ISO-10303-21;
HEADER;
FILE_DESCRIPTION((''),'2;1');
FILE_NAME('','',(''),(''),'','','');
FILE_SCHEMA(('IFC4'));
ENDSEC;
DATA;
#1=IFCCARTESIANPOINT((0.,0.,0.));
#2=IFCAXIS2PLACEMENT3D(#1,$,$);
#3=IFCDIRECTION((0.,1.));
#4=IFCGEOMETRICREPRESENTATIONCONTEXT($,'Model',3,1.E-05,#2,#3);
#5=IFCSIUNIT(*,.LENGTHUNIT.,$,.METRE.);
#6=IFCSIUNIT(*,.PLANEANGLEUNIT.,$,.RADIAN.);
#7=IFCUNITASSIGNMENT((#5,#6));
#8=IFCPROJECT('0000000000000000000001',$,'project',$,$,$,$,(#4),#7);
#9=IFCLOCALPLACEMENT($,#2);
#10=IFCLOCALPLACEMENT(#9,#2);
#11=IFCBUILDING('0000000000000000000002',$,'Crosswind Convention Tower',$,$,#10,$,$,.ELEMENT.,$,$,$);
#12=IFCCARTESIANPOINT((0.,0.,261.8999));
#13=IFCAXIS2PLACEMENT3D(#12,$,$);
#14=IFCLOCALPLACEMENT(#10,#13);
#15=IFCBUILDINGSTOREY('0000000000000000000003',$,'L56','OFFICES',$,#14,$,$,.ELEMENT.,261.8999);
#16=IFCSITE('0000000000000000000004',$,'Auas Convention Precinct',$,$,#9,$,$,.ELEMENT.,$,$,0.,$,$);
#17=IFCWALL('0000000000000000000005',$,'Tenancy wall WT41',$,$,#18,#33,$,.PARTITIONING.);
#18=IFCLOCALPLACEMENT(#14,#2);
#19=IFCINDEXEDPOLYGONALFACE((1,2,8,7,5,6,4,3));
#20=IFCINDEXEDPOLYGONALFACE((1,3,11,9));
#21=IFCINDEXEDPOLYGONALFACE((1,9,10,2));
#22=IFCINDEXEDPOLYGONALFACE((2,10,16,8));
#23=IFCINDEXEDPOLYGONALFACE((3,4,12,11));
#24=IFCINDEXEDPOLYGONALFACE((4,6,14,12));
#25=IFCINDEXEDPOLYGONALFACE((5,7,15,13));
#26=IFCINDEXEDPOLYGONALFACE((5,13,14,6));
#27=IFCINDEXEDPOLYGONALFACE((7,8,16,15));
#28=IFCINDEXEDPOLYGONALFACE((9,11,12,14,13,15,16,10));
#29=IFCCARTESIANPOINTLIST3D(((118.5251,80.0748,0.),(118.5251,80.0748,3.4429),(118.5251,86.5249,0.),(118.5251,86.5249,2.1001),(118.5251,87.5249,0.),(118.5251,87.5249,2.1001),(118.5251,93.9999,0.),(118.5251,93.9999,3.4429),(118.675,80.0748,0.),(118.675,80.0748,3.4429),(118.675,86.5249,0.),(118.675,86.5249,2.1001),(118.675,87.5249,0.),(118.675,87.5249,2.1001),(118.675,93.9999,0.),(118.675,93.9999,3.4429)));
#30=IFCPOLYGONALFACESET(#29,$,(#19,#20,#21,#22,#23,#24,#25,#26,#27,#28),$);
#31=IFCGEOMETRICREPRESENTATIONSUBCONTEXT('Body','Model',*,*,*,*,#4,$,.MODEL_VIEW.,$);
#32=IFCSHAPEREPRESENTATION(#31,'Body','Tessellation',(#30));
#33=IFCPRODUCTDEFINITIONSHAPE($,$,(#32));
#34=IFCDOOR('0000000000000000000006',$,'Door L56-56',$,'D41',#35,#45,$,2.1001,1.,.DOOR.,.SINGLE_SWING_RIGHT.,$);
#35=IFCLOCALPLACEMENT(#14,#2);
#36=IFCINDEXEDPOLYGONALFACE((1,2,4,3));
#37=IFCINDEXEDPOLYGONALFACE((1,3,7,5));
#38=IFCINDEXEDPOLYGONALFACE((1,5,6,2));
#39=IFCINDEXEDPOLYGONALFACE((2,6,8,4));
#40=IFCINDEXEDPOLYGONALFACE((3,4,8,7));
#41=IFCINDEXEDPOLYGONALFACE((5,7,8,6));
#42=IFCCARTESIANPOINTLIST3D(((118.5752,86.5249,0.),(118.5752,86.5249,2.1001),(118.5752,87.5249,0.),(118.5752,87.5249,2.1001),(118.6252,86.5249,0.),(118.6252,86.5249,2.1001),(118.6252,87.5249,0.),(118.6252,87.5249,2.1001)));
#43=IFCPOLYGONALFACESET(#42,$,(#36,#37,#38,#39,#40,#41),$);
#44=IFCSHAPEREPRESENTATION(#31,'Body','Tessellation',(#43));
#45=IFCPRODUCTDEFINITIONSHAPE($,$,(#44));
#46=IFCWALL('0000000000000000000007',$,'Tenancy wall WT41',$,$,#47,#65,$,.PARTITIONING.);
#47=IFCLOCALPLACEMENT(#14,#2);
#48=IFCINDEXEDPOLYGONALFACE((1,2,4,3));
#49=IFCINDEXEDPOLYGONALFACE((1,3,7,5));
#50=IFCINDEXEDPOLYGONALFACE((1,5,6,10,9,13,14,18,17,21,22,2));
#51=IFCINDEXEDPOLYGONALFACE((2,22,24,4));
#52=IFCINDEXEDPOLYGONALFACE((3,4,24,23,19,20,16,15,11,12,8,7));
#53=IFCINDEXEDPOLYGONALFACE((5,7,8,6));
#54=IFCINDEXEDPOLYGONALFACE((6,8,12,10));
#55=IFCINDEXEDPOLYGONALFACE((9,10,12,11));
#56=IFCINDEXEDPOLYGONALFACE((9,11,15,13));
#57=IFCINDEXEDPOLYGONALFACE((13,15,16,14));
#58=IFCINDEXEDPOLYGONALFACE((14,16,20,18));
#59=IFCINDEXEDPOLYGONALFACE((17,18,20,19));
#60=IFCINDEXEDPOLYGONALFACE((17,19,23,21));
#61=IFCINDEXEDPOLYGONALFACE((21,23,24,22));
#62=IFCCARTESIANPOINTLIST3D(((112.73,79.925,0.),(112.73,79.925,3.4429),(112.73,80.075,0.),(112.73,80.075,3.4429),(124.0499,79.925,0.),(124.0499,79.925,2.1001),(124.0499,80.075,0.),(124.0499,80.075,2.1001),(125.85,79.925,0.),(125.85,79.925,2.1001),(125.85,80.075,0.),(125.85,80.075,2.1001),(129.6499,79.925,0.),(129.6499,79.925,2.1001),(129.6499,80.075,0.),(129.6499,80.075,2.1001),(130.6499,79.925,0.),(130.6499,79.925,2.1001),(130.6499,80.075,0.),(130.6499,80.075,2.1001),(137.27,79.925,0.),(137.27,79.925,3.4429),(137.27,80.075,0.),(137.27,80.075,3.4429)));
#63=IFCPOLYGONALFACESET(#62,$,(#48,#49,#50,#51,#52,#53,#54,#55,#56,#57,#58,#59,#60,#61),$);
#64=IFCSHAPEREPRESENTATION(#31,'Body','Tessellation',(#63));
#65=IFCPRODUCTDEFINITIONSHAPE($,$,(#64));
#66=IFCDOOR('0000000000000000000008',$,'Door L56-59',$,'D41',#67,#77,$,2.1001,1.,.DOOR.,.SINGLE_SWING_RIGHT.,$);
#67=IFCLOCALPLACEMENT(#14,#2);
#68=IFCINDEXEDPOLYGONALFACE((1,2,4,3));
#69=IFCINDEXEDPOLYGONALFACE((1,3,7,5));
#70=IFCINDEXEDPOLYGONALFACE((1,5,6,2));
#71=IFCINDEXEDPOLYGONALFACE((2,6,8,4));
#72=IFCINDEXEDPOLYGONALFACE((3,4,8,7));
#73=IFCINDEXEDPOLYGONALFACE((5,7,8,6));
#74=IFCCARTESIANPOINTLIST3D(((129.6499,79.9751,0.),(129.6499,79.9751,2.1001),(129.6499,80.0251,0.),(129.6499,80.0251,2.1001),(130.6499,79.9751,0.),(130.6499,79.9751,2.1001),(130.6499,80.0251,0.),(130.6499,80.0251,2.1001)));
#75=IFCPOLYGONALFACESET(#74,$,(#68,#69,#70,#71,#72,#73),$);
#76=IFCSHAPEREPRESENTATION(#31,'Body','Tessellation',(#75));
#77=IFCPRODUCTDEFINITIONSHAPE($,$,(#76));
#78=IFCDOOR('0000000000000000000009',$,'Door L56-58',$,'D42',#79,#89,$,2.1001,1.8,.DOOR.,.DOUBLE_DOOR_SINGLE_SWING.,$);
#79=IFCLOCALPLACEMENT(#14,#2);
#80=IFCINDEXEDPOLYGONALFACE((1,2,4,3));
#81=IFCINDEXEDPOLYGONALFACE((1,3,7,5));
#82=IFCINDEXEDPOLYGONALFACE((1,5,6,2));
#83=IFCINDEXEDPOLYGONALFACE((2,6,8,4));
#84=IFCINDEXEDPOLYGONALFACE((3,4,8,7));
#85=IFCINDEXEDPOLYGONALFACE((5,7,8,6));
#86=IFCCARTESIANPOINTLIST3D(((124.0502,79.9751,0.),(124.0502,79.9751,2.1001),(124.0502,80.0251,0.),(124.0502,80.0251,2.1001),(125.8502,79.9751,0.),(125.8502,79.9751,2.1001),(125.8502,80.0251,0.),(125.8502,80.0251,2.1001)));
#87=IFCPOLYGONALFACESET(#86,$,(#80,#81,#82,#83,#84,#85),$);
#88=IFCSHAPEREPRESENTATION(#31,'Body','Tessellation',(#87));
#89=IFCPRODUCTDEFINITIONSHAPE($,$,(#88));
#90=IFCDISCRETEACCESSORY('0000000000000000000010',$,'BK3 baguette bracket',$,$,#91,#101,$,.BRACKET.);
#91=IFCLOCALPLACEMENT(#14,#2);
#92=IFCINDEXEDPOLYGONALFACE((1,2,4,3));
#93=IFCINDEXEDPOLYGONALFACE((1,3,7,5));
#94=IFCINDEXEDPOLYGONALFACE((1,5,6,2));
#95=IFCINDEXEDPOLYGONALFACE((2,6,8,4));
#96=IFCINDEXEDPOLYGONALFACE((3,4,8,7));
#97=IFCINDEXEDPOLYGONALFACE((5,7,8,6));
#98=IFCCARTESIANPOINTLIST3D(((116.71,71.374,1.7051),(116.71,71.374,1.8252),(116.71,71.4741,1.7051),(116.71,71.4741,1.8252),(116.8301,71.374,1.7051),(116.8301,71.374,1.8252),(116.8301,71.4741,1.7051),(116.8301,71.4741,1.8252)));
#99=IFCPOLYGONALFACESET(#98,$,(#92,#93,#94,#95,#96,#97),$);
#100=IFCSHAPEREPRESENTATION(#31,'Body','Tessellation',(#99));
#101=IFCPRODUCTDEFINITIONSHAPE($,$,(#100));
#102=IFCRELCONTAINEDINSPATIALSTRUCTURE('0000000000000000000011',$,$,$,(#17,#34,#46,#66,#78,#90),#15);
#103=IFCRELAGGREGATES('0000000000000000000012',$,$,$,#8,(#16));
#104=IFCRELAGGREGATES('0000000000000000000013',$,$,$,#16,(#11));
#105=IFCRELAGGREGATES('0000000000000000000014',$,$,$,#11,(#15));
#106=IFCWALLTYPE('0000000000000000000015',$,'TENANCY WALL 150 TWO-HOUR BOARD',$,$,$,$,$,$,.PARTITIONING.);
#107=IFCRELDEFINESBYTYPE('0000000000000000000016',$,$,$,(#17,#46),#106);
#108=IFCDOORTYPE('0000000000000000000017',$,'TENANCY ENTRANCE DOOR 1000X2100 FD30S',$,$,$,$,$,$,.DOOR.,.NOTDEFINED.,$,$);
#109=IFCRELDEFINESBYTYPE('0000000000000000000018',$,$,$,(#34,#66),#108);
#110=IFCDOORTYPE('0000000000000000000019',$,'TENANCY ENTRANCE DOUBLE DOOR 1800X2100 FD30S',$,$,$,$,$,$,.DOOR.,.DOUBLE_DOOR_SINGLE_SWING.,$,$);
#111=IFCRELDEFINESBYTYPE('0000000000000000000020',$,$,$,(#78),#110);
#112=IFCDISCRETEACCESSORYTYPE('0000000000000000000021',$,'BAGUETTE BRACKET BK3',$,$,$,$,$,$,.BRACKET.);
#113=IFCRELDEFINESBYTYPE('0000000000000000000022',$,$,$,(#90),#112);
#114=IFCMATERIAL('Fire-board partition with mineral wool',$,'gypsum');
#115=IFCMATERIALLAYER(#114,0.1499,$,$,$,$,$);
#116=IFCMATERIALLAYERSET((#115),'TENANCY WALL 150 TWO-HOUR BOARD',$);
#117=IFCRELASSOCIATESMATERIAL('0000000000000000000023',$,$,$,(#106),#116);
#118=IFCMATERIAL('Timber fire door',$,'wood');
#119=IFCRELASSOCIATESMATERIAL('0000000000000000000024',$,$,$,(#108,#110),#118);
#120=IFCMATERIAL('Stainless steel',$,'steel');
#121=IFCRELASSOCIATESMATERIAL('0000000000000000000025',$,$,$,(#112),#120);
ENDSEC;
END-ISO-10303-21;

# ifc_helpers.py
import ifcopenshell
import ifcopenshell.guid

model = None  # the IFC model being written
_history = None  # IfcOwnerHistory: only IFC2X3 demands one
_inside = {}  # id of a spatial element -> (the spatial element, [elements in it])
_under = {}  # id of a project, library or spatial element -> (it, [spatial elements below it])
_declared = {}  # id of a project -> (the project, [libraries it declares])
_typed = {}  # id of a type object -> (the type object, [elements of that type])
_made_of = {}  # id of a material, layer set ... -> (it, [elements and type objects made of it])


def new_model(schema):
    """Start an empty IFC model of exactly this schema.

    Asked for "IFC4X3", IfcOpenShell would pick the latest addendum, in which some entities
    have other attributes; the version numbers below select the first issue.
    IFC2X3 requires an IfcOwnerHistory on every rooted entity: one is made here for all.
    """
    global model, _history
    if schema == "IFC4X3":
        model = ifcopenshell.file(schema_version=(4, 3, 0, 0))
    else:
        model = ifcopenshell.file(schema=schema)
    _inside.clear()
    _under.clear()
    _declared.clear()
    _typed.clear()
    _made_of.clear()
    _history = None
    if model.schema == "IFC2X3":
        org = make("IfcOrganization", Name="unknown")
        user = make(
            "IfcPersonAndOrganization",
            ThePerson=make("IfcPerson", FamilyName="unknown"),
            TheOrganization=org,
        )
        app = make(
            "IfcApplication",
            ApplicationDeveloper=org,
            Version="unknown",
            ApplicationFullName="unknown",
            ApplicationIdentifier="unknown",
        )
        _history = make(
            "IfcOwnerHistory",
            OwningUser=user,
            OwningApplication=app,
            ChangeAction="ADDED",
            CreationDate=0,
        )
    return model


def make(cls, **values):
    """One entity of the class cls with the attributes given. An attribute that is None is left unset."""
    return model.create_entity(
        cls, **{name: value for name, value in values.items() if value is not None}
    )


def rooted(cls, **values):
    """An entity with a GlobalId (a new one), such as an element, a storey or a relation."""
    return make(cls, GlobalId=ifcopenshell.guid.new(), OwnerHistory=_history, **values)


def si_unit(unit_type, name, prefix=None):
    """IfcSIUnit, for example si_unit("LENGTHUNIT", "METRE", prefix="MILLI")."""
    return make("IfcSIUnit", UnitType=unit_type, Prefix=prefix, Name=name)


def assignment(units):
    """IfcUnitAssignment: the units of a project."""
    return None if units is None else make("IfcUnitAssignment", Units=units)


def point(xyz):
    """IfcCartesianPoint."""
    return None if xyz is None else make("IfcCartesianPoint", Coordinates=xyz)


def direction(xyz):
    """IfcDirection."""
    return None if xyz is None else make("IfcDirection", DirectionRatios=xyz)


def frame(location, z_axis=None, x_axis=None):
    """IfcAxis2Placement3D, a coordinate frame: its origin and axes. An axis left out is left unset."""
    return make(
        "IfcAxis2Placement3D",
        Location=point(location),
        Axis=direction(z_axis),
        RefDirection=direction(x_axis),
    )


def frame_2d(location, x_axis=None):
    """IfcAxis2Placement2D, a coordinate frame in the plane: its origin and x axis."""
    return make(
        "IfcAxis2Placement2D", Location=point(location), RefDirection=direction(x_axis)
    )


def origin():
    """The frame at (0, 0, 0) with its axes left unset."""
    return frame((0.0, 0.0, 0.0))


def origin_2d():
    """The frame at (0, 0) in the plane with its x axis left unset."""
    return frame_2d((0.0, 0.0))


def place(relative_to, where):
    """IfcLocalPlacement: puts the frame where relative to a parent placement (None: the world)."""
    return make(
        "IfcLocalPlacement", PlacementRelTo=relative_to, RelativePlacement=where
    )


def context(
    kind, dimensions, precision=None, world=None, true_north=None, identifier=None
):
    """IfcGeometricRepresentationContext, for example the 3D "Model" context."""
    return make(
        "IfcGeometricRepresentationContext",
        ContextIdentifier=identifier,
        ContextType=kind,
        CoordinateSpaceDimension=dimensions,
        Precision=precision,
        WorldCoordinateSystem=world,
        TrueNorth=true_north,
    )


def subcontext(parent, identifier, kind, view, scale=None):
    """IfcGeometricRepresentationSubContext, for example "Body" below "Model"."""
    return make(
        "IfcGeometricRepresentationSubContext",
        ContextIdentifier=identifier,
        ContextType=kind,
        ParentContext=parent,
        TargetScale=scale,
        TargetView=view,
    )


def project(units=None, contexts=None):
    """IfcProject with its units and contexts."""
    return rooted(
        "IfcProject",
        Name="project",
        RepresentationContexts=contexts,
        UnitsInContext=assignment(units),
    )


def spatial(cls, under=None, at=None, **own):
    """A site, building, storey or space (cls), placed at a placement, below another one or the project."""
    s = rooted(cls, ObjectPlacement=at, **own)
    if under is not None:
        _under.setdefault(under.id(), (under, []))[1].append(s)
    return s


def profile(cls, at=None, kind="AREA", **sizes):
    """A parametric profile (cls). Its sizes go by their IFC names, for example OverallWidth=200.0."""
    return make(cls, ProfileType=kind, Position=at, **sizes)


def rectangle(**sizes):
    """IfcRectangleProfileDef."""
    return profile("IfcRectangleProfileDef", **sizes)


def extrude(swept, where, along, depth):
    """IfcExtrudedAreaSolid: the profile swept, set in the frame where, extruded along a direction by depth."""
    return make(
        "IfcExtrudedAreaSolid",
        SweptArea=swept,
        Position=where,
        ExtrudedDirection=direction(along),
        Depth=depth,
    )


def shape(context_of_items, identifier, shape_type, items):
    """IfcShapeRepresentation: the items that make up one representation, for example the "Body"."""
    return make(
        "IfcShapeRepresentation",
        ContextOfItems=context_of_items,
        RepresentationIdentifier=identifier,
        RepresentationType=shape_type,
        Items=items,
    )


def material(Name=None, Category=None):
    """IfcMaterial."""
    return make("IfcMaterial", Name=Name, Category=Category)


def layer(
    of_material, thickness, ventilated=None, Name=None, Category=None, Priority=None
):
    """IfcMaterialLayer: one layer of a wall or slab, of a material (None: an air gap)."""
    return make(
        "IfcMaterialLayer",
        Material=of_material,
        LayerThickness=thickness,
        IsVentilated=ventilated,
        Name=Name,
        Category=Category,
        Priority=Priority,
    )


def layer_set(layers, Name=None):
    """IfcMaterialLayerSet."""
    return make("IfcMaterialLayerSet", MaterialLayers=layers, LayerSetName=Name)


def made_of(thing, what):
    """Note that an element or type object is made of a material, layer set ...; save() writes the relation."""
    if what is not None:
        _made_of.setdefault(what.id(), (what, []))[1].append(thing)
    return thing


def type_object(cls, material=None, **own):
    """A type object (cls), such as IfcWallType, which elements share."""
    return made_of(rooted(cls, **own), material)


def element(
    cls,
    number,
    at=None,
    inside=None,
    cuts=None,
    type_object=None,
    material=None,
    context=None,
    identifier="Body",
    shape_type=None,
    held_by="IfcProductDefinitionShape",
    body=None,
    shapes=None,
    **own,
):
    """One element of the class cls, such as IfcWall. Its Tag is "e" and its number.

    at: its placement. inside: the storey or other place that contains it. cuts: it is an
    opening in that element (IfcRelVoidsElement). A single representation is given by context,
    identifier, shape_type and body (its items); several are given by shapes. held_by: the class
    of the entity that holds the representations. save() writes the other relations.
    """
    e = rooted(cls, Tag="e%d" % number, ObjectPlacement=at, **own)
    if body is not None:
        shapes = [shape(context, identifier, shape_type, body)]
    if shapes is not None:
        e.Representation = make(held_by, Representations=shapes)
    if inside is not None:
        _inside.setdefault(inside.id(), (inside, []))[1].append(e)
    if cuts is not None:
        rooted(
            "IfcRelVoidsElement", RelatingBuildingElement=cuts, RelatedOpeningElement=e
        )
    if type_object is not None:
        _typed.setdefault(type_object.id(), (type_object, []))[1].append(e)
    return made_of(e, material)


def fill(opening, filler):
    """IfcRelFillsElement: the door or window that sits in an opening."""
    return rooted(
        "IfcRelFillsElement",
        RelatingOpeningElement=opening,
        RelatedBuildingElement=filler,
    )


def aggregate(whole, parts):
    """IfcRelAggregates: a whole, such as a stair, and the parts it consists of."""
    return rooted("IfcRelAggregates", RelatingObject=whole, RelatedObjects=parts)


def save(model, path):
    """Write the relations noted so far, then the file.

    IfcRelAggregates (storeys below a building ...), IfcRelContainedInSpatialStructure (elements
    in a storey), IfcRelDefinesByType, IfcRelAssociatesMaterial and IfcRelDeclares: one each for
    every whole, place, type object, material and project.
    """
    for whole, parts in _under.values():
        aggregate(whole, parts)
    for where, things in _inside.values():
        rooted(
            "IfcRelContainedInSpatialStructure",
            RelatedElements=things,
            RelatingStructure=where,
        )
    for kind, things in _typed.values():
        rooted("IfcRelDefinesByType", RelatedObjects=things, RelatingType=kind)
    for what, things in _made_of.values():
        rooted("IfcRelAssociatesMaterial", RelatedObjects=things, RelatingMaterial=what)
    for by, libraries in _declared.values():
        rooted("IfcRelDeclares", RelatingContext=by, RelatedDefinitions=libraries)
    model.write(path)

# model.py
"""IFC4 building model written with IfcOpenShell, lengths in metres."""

from ifc_helpers import new_model, si_unit, direction, frame, frame_2d, origin, origin_2d, place, context, subcontext, project, spatial, rectangle, extrude, material, layer, layer_set, type_object, element, fill, save


model = new_model("IFC4")

# Units and contexts
model_context = context("Model", 3, precision=1e-05, world=origin(), true_north=direction((0.0, 1.0)))
body_context = subcontext(model_context, "Body", "Model", "MODEL_VIEW")
ifc_project = project(units=[si_unit("LENGTHUNIT", "METRE"), si_unit("PLANEANGLEUNIT", "RADIAN")], contexts=[model_context])

# Site, building, storey
site_placement = place(None, origin())
site = spatial("IfcSite", under=ifc_project, at=site_placement, Name="Auas Convention Precinct", CompositionType="ELEMENT", RefElevation=0.0)
building_placement = place(site_placement, origin())
building = spatial("IfcBuilding", under=site, at=building_placement, Name="Crosswind Convention Tower", CompositionType="ELEMENT")
storey_placement = place(building_placement, frame((0.0, 0.0, 261.8999)))
storey = spatial("IfcBuildingStorey", under=building, at=storey_placement, Name="L56", Description="OFFICES", CompositionType="ELEMENT", Elevation=261.8999)

# Wall, opening, door
ifc_material_1 = material(Name="Fire-board partition with mineral wool", Category="gypsum")
ifc_layer_1 = layer(ifc_material_1, 0.1499)
ifc_layer_set_1 = layer_set([ifc_layer_1], Name="TENANCY WALL 150 TWO-HOUR BOARD")
wall_type = type_object("IfcWallType", Name="TENANCY WALL 150 TWO-HOUR BOARD", PredefinedType="PARTITIONING", material=ifc_layer_set_1)
wall_1_placement = place(storey_placement, frame((118.6001, 80.075, 0.0), z_axis=(0.0, 0.0, 1.0), x_axis=(0.0, 1.0, 0.0)))
wall_1 = element("IfcWall", 1, at=wall_1_placement, inside=storey, type_object=wall_type, Name="Tenancy wall WT41", PredefinedType="PARTITIONING", context=body_context, shape_type="SweptSolid", body=[
    extrude(rectangle(XDim=13.925, YDim=0.1499, at=frame_2d((6.9624, 0.0))), origin(), (0.0, 0.0, 1.0), 3.4429),
])
opening_1_placement = place(wall_1_placement, frame((6.45, 0.0, 0.0)))
opening_1 = element("IfcOpeningElement", 2, at=opening_1_placement, cuts=wall_1, PredefinedType="OPENING", context=body_context, shape_type="SweptSolid", body=[
    extrude(rectangle(XDim=1.0, YDim=2.1001, at=frame_2d((0.5, 1.05))), frame((0.0, 0.085, 0.0), z_axis=(0.0, -1.0, 0.0), x_axis=(1.0, 0.0, 0.0)), (0.0, 0.0, 1.0), 0.1699),
])
ifc_material_2 = material(Name="Timber fire door", Category="wood")
door_type_1 = type_object("IfcDoorType", Name="TENANCY ENTRANCE DOOR 1000X2100 FD30S", OperationType="NOTDEFINED", PredefinedType="DOOR", material=ifc_material_2)
door_1_placement = place(opening_1_placement, origin())
door_1 = element("IfcDoor", 3, at=door_1_placement, inside=storey, type_object=door_type_1, Name="Door L56-56", ObjectType="D41", OperationType="SINGLE_SWING_RIGHT", OverallHeight=2.1001, OverallWidth=1.0, PredefinedType="DOOR", context=body_context, shape_type="SweptSolid", body=[
    extrude(rectangle(XDim=1.0, YDim=2.1001, at=frame_2d((0.5, 1.05))), frame((0.0, 0.0249, 0.0), z_axis=(0.0, -1.0, 0.0), x_axis=(1.0, 0.0, 0.0)), (0.0, 0.0, 1.0), 0.05),
])
fill(opening_1, door_1)

# Wall, openings, doors
wall_2_placement = place(storey_placement, frame((112.73, 80.0, 0.0), z_axis=(0.0, 0.0, 1.0), x_axis=(1.0, 0.0, 0.0)))
wall_2 = element("IfcWall", 4, at=wall_2_placement, inside=storey, type_object=wall_type, Name="Tenancy wall WT41", PredefinedType="PARTITIONING", context=body_context, shape_type="SweptSolid", body=[
    extrude(rectangle(XDim=24.54, YDim=0.1499, at=frame_2d((12.27, 0.0))), origin(), (0.0, 0.0, 1.0), 3.4429),
])
opening_2_placement = place(wall_2_placement, frame((11.3201, 0.0, 0.0)))
opening_2 = element("IfcOpeningElement", 5, at=opening_2_placement, cuts=wall_2, PredefinedType="OPENING", context=body_context, shape_type="SweptSolid", body=[
    extrude(rectangle(XDim=1.8, YDim=2.1001, at=frame_2d((0.8999, 1.05))), frame((0.0, 0.085, 0.0), z_axis=(0.0, -1.0, 0.0), x_axis=(1.0, 0.0, 0.0)), (0.0, 0.0, 1.0), 0.1699),
])
opening_3_placement = place(wall_2_placement, frame((16.9199, 0.0, 0.0)))
opening_3 = element("IfcOpeningElement", 6, at=opening_3_placement, cuts=wall_2, PredefinedType="OPENING", context=body_context, shape_type="SweptSolid", body=[
    extrude(rectangle(XDim=1.0, YDim=2.1001, at=frame_2d((0.5, 1.05))), frame((0.0, 0.085, 0.0), z_axis=(0.0, -1.0, 0.0), x_axis=(1.0, 0.0, 0.0)), (0.0, 0.0, 1.0), 0.1699),
])
door_2_placement = place(opening_3_placement, frame((1.0, 0.0, 0.0), z_axis=(0.0, 0.0, 1.0), x_axis=(-1.0, 0.0, 0.0)))
door_2 = element("IfcDoor", 7, at=door_2_placement, inside=storey, type_object=door_type_1, Name="Door L56-59", ObjectType="D41", OperationType="SINGLE_SWING_RIGHT", OverallHeight=2.1001, OverallWidth=1.0, PredefinedType="DOOR", context=body_context, shape_type="SweptSolid", body=[
    extrude(rectangle(XDim=1.0, YDim=2.1001, at=frame_2d((0.5, 1.05))), frame((0.0, 0.0249, 0.0), z_axis=(0.0, -1.0, 0.0), x_axis=(1.0, 0.0, 0.0)), (0.0, 0.0, 1.0), 0.05),
])
fill(opening_3, door_2)
door_type_2 = type_object("IfcDoorType", Name="TENANCY ENTRANCE DOUBLE DOOR 1800X2100 FD30S", OperationType="DOUBLE_DOOR_SINGLE_SWING", PredefinedType="DOOR", material=ifc_material_2)
door_3_placement = place(opening_2_placement, frame((1.8, 0.0, 0.0), z_axis=(0.0, 0.0, 1.0), x_axis=(-1.0, 0.0, 0.0)))
door_3 = element("IfcDoor", 8, at=door_3_placement, inside=storey, type_object=door_type_2, Name="Door L56-58", ObjectType="D42", OperationType="DOUBLE_DOOR_SINGLE_SWING", OverallHeight=2.1001, OverallWidth=1.8, PredefinedType="DOOR", context=body_context, shape_type="SweptSolid", body=[
    extrude(rectangle(XDim=1.8, YDim=2.1001, at=frame_2d((0.8999, 1.05))), frame((0.0, 0.0249, 0.0), z_axis=(0.0, -1.0, 0.0), x_axis=(1.0, 0.0, 0.0)), (0.0, 0.0, 1.0), 0.05),
])
fill(opening_2, door_3)

# Discrete accessory
ifc_material_3 = material(Name="Stainless steel", Category="steel")
discrete_accessory_type = type_object("IfcDiscreteAccessoryType", Name="BAGUETTE BRACKET BK3", PredefinedType="BRACKET", material=ifc_material_3)
discrete_accessory_placement = place(storey_placement, frame((116.77, 71.4241, 1.7051), z_axis=(0.0, 0.0, 1.0), x_axis=(1.0, 0.0, 0.0)))
element("IfcDiscreteAccessory", 9, at=discrete_accessory_placement, inside=storey, type_object=discrete_accessory_type, Name="BK3 baguette bracket", PredefinedType="BRACKET", context=body_context, shape_type="SweptSolid", body=[
    extrude(rectangle(XDim=0.1201, YDim=0.1001, at=origin_2d()), origin(), (0.0, 0.0, 1.0), 0.1201),
])

save(model, "model.ifc")
